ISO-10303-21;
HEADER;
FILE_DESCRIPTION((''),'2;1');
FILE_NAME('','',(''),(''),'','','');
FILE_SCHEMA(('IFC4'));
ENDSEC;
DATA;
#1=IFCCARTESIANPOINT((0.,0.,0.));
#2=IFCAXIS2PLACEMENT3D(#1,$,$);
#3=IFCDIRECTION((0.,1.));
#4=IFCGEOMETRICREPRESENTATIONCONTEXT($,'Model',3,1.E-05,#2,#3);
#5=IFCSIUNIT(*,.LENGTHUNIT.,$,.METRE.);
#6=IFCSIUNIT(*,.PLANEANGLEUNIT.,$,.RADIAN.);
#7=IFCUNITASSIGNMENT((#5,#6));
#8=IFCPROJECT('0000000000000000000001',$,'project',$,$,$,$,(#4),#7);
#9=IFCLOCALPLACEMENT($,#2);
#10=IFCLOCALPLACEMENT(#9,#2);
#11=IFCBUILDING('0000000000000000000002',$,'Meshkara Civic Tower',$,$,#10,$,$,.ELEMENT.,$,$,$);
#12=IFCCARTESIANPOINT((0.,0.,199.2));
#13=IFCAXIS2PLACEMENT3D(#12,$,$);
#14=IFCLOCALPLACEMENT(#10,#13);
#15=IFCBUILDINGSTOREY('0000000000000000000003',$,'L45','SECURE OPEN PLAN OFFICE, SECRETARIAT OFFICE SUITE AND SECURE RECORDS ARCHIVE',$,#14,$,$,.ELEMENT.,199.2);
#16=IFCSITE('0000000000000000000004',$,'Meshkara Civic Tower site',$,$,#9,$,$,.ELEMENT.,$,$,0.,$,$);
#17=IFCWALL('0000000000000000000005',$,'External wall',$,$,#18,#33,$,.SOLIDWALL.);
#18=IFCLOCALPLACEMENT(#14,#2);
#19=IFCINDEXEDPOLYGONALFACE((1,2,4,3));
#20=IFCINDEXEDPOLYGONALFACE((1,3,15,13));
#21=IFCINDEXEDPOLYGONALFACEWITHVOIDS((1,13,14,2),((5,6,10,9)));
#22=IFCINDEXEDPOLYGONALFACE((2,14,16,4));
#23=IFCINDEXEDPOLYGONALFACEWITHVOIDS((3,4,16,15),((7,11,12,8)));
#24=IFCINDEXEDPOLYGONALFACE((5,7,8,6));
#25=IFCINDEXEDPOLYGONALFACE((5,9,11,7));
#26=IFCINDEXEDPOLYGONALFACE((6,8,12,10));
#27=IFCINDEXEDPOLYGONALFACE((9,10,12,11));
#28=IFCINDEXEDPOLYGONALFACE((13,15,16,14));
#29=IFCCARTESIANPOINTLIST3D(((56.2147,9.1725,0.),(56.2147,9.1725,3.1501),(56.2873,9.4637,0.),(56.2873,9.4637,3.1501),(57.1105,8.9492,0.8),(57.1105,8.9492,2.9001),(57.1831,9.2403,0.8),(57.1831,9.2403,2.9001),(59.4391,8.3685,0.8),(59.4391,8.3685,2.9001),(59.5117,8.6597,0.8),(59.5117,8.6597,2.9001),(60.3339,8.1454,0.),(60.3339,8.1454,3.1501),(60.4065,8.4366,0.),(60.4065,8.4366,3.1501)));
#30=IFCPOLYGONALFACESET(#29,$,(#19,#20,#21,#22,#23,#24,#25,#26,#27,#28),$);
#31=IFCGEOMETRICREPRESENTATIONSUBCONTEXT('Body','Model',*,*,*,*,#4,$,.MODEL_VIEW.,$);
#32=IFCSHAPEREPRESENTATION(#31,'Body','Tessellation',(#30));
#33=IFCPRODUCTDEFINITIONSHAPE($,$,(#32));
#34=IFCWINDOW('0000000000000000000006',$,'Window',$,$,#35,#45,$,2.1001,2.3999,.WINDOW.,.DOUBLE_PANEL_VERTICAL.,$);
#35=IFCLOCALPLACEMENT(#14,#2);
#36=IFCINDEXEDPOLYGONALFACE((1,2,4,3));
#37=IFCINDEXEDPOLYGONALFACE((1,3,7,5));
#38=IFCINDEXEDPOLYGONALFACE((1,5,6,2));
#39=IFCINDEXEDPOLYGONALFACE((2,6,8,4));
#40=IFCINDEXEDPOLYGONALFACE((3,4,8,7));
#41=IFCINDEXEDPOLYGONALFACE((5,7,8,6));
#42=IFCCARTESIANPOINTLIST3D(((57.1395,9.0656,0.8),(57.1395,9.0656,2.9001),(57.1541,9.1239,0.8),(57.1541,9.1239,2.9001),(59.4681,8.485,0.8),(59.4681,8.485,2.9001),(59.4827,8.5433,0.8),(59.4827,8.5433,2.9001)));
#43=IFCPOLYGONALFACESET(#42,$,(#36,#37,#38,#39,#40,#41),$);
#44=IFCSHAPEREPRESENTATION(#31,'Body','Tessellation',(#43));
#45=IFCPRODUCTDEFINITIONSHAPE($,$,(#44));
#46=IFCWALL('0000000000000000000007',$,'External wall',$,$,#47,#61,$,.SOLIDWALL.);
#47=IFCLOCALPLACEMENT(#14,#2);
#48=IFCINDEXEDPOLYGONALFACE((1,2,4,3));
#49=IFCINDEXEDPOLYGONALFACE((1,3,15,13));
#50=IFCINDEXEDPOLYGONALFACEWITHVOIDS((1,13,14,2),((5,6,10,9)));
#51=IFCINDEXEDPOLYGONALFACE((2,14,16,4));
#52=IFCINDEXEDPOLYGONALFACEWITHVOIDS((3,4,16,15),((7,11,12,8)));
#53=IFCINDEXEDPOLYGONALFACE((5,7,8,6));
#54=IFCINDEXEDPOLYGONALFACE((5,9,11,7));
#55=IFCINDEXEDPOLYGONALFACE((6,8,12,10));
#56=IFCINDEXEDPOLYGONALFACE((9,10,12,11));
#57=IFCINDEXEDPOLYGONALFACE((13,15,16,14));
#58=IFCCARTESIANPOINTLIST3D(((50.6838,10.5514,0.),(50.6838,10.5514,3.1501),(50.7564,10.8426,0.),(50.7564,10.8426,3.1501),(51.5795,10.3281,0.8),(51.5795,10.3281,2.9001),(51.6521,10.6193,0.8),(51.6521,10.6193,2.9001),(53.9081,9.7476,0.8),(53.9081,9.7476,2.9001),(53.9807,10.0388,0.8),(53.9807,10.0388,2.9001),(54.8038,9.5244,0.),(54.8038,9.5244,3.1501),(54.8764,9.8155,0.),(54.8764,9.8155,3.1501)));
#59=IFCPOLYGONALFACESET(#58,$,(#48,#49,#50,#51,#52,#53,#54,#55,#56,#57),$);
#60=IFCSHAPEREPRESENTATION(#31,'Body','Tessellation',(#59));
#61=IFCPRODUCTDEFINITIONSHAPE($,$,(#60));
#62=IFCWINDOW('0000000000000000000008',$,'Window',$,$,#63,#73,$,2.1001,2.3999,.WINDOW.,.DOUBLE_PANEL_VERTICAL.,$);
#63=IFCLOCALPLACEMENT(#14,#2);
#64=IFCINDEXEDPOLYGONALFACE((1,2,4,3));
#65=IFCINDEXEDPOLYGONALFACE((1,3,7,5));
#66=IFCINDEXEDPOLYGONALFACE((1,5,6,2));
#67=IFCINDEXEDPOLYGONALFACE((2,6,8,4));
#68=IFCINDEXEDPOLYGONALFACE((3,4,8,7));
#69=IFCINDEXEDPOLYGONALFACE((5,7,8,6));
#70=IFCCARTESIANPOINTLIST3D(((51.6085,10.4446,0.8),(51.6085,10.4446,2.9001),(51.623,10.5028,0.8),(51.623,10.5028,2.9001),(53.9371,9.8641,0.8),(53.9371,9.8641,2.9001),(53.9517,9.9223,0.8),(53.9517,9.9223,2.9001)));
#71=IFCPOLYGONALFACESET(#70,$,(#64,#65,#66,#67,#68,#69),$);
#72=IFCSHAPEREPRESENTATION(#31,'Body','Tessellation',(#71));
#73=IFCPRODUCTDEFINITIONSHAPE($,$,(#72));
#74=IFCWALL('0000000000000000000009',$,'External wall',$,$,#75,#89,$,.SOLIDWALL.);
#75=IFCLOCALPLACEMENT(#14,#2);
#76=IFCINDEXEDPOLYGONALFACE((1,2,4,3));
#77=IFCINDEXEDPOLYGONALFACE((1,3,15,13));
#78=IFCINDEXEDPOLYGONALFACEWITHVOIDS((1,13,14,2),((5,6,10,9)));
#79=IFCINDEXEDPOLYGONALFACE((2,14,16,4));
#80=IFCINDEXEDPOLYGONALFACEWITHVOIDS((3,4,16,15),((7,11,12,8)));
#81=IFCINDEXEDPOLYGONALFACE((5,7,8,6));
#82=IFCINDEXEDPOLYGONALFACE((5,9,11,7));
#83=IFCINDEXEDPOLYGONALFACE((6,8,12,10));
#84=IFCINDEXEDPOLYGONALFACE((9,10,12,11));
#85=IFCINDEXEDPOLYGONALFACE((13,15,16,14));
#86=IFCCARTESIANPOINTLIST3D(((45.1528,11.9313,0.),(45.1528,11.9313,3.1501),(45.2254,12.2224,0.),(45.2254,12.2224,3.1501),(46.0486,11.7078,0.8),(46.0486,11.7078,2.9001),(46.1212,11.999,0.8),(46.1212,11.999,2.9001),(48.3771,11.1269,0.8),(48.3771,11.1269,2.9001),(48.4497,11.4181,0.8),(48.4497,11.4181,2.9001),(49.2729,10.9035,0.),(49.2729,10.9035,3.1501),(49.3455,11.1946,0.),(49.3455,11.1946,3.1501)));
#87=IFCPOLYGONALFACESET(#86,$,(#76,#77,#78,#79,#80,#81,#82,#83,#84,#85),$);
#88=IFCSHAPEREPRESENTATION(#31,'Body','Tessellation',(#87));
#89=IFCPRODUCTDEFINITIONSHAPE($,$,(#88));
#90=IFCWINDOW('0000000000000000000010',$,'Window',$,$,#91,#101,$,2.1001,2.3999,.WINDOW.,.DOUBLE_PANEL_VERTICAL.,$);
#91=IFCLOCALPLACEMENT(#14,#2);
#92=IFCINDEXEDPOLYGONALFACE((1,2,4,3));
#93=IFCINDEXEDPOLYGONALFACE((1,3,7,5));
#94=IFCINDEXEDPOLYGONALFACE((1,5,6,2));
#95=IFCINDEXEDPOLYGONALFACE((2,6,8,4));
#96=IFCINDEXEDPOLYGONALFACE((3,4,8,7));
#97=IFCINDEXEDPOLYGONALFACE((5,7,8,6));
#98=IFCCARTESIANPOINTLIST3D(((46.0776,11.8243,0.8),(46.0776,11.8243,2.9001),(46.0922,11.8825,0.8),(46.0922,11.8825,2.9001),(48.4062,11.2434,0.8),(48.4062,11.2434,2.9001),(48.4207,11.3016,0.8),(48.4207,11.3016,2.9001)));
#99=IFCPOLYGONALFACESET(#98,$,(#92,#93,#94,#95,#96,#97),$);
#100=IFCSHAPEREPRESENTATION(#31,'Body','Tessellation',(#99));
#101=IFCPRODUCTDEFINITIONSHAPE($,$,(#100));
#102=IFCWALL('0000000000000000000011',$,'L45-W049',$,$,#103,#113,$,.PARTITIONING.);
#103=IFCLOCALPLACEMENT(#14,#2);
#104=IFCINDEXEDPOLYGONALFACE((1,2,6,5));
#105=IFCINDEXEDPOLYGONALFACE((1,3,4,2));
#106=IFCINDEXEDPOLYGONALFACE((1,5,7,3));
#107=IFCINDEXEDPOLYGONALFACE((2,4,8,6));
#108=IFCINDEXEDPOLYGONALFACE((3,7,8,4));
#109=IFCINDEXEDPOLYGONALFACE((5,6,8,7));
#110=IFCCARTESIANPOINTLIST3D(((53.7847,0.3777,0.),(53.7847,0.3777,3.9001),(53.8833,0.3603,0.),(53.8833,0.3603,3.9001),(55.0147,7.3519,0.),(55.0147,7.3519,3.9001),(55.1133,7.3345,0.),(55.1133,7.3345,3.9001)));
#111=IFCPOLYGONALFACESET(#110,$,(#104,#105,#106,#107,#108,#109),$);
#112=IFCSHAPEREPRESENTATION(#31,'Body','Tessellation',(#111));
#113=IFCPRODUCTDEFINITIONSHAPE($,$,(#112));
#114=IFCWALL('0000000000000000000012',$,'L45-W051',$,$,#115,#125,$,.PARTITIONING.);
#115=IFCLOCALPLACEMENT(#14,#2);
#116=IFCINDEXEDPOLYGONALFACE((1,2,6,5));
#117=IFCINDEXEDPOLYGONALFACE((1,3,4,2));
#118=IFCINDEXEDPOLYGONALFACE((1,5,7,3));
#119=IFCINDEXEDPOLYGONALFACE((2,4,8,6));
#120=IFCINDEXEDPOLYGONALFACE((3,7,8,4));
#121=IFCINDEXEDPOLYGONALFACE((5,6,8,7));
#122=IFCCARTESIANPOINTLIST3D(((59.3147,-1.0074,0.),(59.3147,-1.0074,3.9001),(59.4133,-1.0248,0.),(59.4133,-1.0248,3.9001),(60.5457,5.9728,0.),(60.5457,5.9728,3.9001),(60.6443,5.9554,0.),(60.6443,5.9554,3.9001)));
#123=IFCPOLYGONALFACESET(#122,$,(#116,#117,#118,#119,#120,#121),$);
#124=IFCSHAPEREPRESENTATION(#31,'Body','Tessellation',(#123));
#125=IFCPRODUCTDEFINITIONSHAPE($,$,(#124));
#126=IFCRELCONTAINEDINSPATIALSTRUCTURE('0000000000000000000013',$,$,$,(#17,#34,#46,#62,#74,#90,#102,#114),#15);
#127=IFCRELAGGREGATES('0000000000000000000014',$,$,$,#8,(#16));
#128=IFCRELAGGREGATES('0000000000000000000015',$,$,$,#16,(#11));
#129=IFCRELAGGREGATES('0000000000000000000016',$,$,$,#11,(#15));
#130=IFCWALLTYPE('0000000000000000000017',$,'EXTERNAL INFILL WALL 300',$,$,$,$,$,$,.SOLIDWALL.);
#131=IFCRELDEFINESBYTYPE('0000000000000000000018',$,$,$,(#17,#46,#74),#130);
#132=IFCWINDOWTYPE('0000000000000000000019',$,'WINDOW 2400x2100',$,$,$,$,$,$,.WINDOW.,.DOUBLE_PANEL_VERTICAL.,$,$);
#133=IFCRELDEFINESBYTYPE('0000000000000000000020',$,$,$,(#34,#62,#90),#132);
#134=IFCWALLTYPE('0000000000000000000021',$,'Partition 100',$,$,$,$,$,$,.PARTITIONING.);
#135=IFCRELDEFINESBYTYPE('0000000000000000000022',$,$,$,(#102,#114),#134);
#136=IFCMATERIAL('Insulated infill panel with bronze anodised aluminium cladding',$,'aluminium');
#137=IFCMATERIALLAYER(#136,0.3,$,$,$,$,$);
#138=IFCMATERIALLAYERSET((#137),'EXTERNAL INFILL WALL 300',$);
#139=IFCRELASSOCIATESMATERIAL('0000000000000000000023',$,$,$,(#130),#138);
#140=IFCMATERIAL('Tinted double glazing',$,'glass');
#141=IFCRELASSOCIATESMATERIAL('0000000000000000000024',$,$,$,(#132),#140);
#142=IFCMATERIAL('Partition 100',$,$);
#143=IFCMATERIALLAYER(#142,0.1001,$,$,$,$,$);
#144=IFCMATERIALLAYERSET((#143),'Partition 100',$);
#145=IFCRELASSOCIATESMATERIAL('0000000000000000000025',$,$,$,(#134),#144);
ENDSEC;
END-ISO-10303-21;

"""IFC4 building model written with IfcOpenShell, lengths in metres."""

from ifc_helpers import new_model, si_unit, direction, frame, frame_2d, origin, place, context, subcontext, project, spatial, rectangle, extrude, material, layer, layer_set, type_object, element, fill, save


model = new_model("IFC4")

# Units and contexts
model_context = context("Model", 3, precision=1e-05, world=origin(), true_north=direction((0.0, 1.0)))
body_context = subcontext(model_context, "Body", "Model", "MODEL_VIEW")
ifc_project = project(units=[si_unit("LENGTHUNIT", "METRE"), si_unit("PLANEANGLEUNIT", "RADIAN")], contexts=[model_context])

# Site, building, storey
site_placement = place(None, origin())
site = spatial("IfcSite", under=ifc_project, at=site_placement, Name="Meshkara Civic Tower site", CompositionType="ELEMENT", RefElevation=0.0)
building_placement = place(site_placement, origin())
building = spatial("IfcBuilding", under=site, at=building_placement, Name="Meshkara Civic Tower", CompositionType="ELEMENT")
storey_placement = place(building_placement, frame((0.0, 0.0, 199.2)))
storey = spatial("IfcBuildingStorey", under=building, at=storey_placement, Name="L45", Description="SECURE OPEN PLAN OFFICE, SECRETARIAT OFFICE SUITE AND SECURE RECORDS ARCHIVE", CompositionType="ELEMENT", Elevation=199.2)

# Walls, openings, windows
ifc_material_1 = material(Name="Insulated infill panel with bronze anodised aluminium cladding", Category="aluminium")
ifc_layer_1 = layer(ifc_material_1, 0.3)
ifc_layer_set_1 = layer_set([ifc_layer_1], Name="EXTERNAL INFILL WALL 300")
wall_type_1 = type_object("IfcWallType", Name="EXTERNAL INFILL WALL 300", PredefinedType="SOLIDWALL", material=ifc_layer_set_1)
wall_1_placement = place(storey_placement, frame((60.3701, 8.291, 0.0), z_axis=(0.0, 0.0, 1.0), x_axis=(-0.970291, 0.24194, 0.0)))
wall_1 = element("IfcWall", 1, at=wall_1_placement, inside=storey, type_object=wall_type_1, Name="External wall", PredefinedType="SOLIDWALL", context=body_context, shape_type="SweptSolid", body=[
    extrude(rectangle(XDim=4.2454, YDim=0.3, at=frame_2d((2.1226, 0.0))), origin(), (0.0, 0.0, 1.0), 3.1501),
])
opening_1_placement = place(wall_1_placement, frame((0.9221, 0.0, 0.8)))
opening_1 = element("IfcOpeningElement", 2, at=opening_1_placement, cuts=wall_1, PredefinedType="OPENING", context=body_context, shape_type="SweptSolid", body=[
    extrude(rectangle(XDim=2.3999, YDim=2.1001, at=frame_2d((1.2, 1.05))), frame((0.0, 0.1599, 0.0), z_axis=(0.0, -1.0, 0.0), x_axis=(1.0, 0.0, 0.0)), (0.0, 0.0, 1.0), 0.3201),
])
ifc_material_2 = material(Name="Tinted double glazing", Category="glass")
window_type = type_object("IfcWindowType", Name="WINDOW 2400x2100", PartitioningType="DOUBLE_PANEL_VERTICAL", PredefinedType="WINDOW", material=ifc_material_2)
window_1_placement = place(opening_1_placement, origin())
window_1 = element("IfcWindow", 3, at=window_1_placement, inside=storey, type_object=window_type, Name="Window", OverallHeight=2.1001, OverallWidth=2.3999, PartitioningType="DOUBLE_PANEL_VERTICAL", PredefinedType="WINDOW", context=body_context, shape_type="SweptSolid", body=[
    extrude(rectangle(XDim=2.3999, YDim=2.1001, at=frame_2d((1.2, 1.05))), frame((0.0, 0.03, 0.0), z_axis=(0.0, -1.0, 0.0), x_axis=(1.0, 0.0, 0.0)), (0.0, 0.0, 1.0), 0.0601),
])
fill(opening_1, window_1)
wall_2_placement = place(storey_placement, frame((54.8401, 9.6699, 0.0), z_axis=(0.0, 0.0, 1.0), x_axis=(-0.970305, 0.241886, 0.0)))
wall_2 = element("IfcWall", 4, at=wall_2_placement, inside=storey, type_object=wall_type_1, Name="External wall", PredefinedType="SOLIDWALL", context=body_context, shape_type="SweptSolid", body=[
    extrude(rectangle(XDim=4.2461, YDim=0.3, at=frame_2d((2.123, 0.0))), origin(), (0.0, 0.0, 1.0), 3.1501),
])
opening_2_placement = place(wall_2_placement, frame((0.9231, 0.0, 0.8)))
opening_2 = element("IfcOpeningElement", 5, at=opening_2_placement, cuts=wall_2, PredefinedType="OPENING", context=body_context, shape_type="SweptSolid", body=[
    extrude(rectangle(XDim=2.3999, YDim=2.1001, at=frame_2d((1.2, 1.05))), frame((0.0, 0.1599, 0.0), z_axis=(0.0, -1.0, 0.0), x_axis=(1.0, 0.0, 0.0)), (0.0, 0.0, 1.0), 0.3201),
])
window_2_placement = place(opening_2_placement, origin())
window_2 = element("IfcWindow", 6, at=window_2_placement, inside=storey, type_object=window_type, Name="Window", OverallHeight=2.1001, OverallWidth=2.3999, PartitioningType="DOUBLE_PANEL_VERTICAL", PredefinedType="WINDOW", context=body_context, shape_type="SweptSolid", body=[
    extrude(rectangle(XDim=2.3999, YDim=2.1001, at=frame_2d((1.2, 1.05))), frame((0.0, 0.03, 0.0), z_axis=(0.0, -1.0, 0.0), x_axis=(1.0, 0.0, 0.0)), (0.0, 0.0, 1.0), 0.0601),
])
fill(opening_2, window_2)
wall_3_placement = place(storey_placement, frame((49.3091, 11.0491, 0.0), z_axis=(0.0, 0.0, 1.0), x_axis=(-0.970264, 0.242049, 0.0)))
wall_3 = element("IfcWall", 7, at=wall_3_placement, inside=storey, type_object=wall_type_1, Name="External wall", PredefinedType="SOLIDWALL", context=body_context, shape_type="SweptSolid", body=[
    extrude(rectangle(XDim=4.2463, YDim=0.3, at=frame_2d((2.123, 0.0))), origin(), (0.0, 0.0, 1.0), 3.1501),
])
opening_3_placement = place(wall_3_placement, frame((0.9231, 0.0, 0.8)))
opening_3 = element("IfcOpeningElement", 8, at=opening_3_placement, cuts=wall_3, PredefinedType="OPENING", context=body_context, shape_type="SweptSolid", body=[
    extrude(rectangle(XDim=2.3999, YDim=2.1001, at=frame_2d((1.2, 1.05))), frame((0.0, 0.1599, 0.0), z_axis=(0.0, -1.0, 0.0), x_axis=(1.0, 0.0, 0.0)), (0.0, 0.0, 1.0), 0.3201),
])
window_3_placement = place(opening_3_placement, origin())
window_3 = element("IfcWindow", 9, at=window_3_placement, inside=storey, type_object=window_type, Name="Window", OverallHeight=2.1001, OverallWidth=2.3999, PartitioningType="DOUBLE_PANEL_VERTICAL", PredefinedType="WINDOW", context=body_context, shape_type="SweptSolid", body=[
    extrude(rectangle(XDim=2.3999, YDim=2.1001, at=frame_2d((1.2, 1.05))), frame((0.0, 0.03, 0.0), z_axis=(0.0, -1.0, 0.0), x_axis=(1.0, 0.0, 0.0)), (0.0, 0.0, 1.0), 0.0601),
])
fill(opening_3, window_3)

# Walls
ifc_material_3 = material(Name="Partition 100")
ifc_layer_2 = layer(ifc_material_3, 0.1001)
ifc_layer_set_2 = layer_set([ifc_layer_2], Name="Partition 100")
wall_type_2 = type_object("IfcWallType", Name="Partition 100", PredefinedType="PARTITIONING", material=ifc_layer_set_2)
wall_4_placement = place(storey_placement, frame((53.834, 0.3689, 0.0), z_axis=(0.0, 0.0, 1.0), x_axis=(0.173683, 0.984802, 0.0)))
element("IfcWall", 10, at=wall_4_placement, inside=storey, type_object=wall_type_2, Name="L45-W049", PredefinedType="PARTITIONING", context=body_context, shape_type="SweptSolid", body=[
    extrude(rectangle(XDim=7.0818, YDim=0.1001, at=frame_2d((3.541, 0.0))), origin(), (0.0, 0.0, 1.0), 3.9001),
])
wall_5_placement = place(storey_placement, frame((59.364, -1.0161, 0.0), z_axis=(0.0, 0.0, 1.0), x_axis=(0.173669, 0.984804, 0.0)))
element("IfcWall", 11, at=wall_5_placement, inside=storey, type_object=wall_type_2, Name="L45-W051", PredefinedType="PARTITIONING", context=body_context, shape_type="SweptSolid", body=[
    extrude(rectangle(XDim=7.0879, YDim=0.1001, at=frame_2d((3.5439, 0.0))), origin(), (0.0, 0.0, 1.0), 3.9001),
])

save(model, "model.ifc")
